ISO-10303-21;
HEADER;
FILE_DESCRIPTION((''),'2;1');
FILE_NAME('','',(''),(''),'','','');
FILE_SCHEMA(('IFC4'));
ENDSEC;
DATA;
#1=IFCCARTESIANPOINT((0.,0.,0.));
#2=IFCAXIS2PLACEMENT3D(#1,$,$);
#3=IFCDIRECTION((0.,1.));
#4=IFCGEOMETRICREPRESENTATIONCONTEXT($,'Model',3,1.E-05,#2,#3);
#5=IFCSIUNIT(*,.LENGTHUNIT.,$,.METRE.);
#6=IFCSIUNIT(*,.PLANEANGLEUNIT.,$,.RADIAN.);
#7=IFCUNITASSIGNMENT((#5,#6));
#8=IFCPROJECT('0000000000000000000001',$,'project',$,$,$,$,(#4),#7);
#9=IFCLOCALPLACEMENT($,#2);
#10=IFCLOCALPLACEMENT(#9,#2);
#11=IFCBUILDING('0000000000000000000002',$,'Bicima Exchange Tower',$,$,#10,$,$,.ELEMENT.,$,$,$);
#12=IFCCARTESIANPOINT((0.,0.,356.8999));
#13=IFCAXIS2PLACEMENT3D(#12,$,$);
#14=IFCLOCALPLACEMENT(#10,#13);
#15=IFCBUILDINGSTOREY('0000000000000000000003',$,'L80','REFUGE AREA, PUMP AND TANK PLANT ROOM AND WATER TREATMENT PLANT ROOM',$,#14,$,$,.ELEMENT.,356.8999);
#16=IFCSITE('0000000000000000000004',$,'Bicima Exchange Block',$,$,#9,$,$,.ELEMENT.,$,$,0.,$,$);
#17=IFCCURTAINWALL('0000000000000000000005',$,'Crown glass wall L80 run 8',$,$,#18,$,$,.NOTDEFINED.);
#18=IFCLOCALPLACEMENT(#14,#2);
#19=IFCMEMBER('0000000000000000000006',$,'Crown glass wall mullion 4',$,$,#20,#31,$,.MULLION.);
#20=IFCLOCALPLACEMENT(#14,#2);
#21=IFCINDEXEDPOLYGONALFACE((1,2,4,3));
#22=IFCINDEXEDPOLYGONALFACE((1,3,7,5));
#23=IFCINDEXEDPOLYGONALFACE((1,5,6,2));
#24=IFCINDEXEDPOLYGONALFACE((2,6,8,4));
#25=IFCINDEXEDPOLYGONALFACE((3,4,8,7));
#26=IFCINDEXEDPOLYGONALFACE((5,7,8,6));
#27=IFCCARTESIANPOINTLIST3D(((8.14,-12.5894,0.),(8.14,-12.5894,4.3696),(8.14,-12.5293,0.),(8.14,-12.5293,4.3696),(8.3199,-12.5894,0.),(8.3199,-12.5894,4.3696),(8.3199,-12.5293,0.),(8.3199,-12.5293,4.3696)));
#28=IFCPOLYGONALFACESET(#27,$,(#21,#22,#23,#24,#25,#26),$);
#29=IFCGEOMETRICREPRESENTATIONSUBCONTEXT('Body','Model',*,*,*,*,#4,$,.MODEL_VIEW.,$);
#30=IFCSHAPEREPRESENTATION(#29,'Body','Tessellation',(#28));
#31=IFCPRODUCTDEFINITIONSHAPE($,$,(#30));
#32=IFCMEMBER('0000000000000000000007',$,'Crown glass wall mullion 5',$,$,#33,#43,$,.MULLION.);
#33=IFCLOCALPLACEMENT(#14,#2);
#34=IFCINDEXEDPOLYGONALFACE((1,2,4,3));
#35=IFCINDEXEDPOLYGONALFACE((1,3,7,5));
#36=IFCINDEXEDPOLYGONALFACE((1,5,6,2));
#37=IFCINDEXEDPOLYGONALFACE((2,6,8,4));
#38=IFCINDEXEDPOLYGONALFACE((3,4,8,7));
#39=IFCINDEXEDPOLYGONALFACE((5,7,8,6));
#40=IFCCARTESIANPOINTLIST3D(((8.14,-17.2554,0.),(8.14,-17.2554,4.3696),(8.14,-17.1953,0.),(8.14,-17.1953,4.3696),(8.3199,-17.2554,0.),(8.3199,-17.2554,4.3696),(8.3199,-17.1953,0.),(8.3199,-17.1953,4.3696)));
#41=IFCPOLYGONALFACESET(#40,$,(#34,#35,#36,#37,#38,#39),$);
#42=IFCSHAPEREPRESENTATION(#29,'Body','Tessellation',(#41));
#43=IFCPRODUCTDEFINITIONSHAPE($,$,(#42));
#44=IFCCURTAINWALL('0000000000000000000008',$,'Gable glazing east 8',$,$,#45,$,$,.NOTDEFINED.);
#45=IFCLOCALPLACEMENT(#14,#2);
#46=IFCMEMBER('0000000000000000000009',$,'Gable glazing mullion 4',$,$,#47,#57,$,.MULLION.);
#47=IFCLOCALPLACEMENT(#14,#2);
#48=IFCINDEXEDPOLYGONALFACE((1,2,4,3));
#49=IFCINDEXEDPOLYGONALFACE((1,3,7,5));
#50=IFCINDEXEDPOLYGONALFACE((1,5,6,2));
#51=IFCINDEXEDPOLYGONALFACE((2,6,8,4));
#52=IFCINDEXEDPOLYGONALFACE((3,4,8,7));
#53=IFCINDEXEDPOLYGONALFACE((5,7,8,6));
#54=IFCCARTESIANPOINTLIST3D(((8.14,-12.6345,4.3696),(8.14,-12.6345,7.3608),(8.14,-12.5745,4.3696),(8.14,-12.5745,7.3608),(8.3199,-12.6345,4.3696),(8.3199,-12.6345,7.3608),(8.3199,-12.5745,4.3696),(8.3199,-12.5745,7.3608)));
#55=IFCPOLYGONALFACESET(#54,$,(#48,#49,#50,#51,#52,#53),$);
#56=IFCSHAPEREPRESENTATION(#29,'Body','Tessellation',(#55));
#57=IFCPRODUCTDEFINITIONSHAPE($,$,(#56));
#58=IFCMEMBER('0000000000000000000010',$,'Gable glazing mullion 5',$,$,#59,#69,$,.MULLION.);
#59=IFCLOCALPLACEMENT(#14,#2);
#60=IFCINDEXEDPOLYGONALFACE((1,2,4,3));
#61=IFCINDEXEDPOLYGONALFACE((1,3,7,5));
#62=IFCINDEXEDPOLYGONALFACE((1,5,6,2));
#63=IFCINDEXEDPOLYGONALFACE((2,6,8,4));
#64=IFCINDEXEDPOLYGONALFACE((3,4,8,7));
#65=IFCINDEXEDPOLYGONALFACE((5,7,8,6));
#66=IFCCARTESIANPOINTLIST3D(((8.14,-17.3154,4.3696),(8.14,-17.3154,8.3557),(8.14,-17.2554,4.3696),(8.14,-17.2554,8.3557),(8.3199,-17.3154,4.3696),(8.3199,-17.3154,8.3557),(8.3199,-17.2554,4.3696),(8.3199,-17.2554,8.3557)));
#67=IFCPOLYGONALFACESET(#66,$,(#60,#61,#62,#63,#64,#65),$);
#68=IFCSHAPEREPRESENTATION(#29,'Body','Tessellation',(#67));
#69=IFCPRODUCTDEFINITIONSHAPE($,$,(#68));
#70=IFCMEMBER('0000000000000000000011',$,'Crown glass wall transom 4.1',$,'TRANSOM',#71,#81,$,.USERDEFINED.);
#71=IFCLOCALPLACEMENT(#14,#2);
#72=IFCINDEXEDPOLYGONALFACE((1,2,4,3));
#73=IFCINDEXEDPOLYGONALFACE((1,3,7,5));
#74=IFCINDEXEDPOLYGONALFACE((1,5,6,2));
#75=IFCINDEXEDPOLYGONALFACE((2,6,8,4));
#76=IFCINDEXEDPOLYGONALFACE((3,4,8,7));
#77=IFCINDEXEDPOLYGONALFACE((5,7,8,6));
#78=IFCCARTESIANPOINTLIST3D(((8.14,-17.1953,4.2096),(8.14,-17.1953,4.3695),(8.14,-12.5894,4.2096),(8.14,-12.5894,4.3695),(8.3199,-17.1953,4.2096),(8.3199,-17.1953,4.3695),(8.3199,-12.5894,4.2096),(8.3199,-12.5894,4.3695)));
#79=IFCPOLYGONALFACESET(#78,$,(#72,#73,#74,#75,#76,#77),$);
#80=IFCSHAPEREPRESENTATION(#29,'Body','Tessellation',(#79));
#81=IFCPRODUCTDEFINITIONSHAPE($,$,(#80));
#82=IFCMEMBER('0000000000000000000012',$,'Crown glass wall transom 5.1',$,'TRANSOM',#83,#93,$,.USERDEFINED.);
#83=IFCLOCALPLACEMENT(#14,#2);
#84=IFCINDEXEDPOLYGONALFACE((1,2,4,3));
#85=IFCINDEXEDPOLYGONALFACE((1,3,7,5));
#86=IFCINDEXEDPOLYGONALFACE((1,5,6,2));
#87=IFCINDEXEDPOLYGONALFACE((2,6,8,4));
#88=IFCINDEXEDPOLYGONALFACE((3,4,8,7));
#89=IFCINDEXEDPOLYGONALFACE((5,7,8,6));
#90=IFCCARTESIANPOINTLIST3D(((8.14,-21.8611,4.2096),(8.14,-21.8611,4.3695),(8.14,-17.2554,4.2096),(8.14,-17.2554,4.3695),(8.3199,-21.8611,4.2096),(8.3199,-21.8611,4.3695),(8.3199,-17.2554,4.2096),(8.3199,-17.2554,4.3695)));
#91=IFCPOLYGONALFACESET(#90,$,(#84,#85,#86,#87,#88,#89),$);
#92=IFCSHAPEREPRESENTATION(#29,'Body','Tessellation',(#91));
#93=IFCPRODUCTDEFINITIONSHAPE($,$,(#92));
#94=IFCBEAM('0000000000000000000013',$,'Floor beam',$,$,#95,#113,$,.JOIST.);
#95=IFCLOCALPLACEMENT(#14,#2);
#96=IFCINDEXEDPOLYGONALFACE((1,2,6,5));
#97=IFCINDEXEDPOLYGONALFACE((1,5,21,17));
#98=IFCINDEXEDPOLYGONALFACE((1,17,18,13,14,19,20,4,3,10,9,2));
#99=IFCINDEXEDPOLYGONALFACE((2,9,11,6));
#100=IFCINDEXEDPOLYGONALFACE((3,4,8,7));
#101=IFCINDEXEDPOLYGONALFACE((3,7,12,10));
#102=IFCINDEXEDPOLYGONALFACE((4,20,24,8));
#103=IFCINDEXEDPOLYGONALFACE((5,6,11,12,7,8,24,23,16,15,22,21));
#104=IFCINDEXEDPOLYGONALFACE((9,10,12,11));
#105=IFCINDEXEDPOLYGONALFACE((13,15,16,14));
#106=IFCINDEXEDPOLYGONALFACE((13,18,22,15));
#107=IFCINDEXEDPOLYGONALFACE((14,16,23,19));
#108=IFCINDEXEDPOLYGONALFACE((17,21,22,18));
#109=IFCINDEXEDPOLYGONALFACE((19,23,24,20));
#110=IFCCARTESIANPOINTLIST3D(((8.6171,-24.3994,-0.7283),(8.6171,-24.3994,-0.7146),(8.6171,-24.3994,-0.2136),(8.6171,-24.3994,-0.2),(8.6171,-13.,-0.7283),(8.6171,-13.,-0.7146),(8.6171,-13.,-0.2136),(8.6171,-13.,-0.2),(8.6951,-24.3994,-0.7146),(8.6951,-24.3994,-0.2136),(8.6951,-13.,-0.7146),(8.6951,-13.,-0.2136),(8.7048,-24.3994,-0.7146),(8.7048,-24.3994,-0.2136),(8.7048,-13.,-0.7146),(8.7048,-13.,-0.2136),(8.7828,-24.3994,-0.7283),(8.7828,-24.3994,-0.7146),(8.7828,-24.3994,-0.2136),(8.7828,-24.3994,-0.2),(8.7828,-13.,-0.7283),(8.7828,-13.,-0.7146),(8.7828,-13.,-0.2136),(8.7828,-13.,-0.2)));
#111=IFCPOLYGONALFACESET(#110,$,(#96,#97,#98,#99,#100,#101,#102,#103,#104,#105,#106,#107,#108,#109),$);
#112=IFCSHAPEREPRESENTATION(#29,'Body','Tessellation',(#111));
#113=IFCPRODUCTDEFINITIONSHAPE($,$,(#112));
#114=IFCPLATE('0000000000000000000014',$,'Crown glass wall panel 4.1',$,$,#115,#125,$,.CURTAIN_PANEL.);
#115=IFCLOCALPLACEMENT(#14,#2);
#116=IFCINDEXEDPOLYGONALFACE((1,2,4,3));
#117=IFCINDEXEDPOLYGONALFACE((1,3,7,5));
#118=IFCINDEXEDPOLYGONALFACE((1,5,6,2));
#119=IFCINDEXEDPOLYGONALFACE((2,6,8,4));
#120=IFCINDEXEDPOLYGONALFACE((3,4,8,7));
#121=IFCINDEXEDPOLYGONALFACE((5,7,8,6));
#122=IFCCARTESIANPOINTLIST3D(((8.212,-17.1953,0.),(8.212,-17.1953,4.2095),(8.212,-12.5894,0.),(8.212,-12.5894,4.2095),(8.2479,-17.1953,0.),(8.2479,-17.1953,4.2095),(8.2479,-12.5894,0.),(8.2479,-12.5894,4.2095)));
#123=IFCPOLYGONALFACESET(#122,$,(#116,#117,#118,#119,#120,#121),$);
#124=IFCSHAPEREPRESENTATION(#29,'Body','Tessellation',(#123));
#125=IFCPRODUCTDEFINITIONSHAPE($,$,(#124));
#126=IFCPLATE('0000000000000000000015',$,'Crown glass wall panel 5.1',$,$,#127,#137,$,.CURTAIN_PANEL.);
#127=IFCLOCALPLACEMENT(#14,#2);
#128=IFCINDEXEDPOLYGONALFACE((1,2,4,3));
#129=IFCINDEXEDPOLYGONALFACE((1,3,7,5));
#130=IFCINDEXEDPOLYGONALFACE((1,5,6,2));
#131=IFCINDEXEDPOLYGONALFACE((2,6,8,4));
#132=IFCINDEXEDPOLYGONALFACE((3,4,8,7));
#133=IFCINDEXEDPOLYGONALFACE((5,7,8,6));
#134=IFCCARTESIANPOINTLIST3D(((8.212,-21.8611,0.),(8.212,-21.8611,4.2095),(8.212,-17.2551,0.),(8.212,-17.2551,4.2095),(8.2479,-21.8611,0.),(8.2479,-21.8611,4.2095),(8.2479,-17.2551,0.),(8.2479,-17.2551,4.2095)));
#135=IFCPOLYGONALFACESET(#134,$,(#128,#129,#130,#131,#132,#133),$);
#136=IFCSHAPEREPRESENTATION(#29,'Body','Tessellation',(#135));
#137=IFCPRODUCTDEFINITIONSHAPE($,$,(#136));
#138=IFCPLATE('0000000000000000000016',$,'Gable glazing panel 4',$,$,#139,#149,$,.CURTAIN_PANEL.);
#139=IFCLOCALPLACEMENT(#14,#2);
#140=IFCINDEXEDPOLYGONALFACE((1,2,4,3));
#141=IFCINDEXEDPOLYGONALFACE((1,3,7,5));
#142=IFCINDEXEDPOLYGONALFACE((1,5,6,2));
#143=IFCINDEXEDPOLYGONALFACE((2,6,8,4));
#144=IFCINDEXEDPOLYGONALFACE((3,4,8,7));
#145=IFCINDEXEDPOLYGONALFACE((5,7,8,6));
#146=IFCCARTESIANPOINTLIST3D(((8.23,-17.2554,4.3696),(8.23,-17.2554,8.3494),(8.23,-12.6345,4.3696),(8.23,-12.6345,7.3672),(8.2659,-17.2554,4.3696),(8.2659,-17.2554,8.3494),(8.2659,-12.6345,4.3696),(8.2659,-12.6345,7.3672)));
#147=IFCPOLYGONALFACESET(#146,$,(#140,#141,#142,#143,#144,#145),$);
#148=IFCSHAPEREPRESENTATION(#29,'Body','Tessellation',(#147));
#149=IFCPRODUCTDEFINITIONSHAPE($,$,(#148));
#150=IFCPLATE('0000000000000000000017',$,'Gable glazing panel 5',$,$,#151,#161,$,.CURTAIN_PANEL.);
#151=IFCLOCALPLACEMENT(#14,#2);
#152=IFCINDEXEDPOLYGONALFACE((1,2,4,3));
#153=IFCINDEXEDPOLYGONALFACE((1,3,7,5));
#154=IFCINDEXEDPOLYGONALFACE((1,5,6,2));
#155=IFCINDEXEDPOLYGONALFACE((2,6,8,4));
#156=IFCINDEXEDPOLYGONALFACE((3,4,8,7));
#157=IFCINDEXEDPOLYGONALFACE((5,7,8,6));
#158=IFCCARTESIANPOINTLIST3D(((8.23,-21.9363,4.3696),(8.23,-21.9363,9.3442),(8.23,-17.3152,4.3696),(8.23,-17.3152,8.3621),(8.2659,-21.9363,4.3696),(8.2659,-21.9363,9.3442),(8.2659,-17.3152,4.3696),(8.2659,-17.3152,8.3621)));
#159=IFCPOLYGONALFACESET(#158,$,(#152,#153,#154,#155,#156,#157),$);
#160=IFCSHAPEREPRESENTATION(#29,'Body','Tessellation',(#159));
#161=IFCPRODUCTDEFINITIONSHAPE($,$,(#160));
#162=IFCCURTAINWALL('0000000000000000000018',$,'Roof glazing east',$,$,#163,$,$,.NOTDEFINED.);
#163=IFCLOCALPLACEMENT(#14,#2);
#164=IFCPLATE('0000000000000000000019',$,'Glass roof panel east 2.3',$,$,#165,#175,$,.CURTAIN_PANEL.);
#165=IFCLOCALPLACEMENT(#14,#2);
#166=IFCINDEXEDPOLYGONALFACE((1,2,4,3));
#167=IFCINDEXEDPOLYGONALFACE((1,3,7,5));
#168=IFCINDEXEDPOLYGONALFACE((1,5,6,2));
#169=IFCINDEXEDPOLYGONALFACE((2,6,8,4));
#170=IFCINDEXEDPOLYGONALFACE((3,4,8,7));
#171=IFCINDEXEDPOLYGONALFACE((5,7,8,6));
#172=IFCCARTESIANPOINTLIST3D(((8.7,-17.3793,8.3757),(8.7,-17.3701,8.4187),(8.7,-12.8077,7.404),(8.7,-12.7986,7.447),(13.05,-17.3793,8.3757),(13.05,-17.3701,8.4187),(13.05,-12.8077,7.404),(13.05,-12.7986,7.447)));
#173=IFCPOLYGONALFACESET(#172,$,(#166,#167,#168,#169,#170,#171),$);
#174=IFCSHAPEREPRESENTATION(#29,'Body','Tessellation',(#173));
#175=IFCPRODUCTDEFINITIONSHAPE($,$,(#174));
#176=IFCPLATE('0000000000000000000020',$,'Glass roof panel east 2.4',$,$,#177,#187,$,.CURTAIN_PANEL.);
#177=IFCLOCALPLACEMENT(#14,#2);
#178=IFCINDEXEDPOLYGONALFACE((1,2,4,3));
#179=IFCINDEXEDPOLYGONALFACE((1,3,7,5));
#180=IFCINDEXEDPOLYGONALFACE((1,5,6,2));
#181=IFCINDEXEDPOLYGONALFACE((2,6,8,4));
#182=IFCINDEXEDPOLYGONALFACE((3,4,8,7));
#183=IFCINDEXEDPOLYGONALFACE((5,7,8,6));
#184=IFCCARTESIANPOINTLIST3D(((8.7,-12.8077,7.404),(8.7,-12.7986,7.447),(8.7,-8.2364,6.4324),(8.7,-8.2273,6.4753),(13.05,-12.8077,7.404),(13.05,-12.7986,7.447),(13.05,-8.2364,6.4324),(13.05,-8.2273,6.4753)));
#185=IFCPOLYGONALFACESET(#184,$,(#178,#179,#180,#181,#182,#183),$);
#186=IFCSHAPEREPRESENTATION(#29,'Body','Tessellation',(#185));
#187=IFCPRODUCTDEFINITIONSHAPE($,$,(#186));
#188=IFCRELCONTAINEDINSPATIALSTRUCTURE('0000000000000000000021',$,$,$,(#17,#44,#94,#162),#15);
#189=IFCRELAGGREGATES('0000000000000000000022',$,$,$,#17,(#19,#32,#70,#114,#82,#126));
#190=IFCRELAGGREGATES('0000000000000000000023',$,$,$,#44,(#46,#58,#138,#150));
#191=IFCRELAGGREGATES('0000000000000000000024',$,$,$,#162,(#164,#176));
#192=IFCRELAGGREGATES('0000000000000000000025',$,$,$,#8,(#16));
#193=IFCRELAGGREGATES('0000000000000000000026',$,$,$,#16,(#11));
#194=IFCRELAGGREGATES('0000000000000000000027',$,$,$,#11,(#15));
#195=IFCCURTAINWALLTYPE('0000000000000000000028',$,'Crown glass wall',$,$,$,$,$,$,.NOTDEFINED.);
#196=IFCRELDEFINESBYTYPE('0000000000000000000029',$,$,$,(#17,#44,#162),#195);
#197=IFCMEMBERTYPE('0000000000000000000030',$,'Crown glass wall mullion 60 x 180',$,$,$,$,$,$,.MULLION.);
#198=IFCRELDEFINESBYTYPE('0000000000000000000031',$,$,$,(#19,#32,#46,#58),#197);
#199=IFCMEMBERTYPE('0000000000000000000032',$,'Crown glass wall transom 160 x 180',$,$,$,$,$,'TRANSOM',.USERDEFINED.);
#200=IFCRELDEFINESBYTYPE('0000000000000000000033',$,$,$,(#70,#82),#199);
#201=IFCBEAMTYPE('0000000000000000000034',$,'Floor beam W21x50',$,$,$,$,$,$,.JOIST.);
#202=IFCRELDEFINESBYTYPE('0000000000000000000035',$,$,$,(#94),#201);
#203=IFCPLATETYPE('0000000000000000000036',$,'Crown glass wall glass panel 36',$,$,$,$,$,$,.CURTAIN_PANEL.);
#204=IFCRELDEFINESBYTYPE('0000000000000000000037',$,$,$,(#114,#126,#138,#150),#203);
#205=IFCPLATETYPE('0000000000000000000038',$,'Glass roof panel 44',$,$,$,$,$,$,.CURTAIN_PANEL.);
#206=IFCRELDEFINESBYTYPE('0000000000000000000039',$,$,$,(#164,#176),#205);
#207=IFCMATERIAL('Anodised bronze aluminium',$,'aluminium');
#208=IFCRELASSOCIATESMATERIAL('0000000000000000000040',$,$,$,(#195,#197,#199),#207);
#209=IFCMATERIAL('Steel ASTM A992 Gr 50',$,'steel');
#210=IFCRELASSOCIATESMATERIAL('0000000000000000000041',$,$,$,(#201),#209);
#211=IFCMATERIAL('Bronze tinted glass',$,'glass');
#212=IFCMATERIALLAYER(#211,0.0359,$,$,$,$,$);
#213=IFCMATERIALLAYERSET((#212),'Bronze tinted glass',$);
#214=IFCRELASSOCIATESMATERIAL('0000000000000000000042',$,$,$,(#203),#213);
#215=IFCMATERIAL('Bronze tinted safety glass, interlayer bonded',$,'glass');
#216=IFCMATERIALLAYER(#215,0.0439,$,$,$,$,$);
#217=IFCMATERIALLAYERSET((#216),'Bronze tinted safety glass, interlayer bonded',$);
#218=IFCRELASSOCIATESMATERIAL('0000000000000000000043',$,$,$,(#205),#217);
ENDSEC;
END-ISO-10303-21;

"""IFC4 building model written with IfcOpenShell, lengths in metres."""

from ifc_helpers import new_model, si_unit, direction, frame, origin, origin_2d, place, context, subcontext, project, spatial, polyline, rectangle, i_section, outline, extrude, material, layer, layer_set, material_profile, profile_set, type_object, element, aggregate, save


model = new_model("IFC4")

# Units and contexts
model_context = context("Model", 3, precision=1e-05, world=origin(), true_north=direction((0.0, 1.0)))
body_context = subcontext(model_context, "Body", "Model", "MODEL_VIEW")
ifc_project = project(units=[si_unit("LENGTHUNIT", "METRE"), si_unit("PLANEANGLEUNIT", "RADIAN")], contexts=[model_context])

# Site, building, storey
site_placement = place(None, origin())
site = spatial("IfcSite", under=ifc_project, at=site_placement, Name="Bicima Exchange Block", CompositionType="ELEMENT", RefElevation=0.0)
building_placement = place(site_placement, origin())
building = spatial("IfcBuilding", under=site, at=building_placement, Name="Bicima Exchange Tower", CompositionType="ELEMENT")
storey_placement = place(building_placement, frame((0.0, 0.0, 356.8999)))
storey = spatial("IfcBuildingStorey", under=building, at=storey_placement, Name="L80", Description="REFUGE AREA, PUMP AND TANK PLANT ROOM AND WATER TREATMENT PLANT ROOM", CompositionType="ELEMENT", Elevation=356.8999)

# Curtain walls, members
ifc_material_1 = material(Name="Anodised bronze aluminium", Category="aluminium")
curtain_wall_type = type_object("IfcCurtainWallType", Name="Crown glass wall", PredefinedType="NOTDEFINED", material=ifc_material_1)
curtain_wall_1_placement = place(storey_placement, origin())
curtain_wall_1 = element("IfcCurtainWall", 1, at=curtain_wall_1_placement, inside=storey, type_object=curtain_wall_type, Name="Crown glass wall L80 run 8", PredefinedType="NOTDEFINED")
ifc_material_profile_1 = material_profile(ifc_material_1, rectangle(XDim=0.1799, YDim=0.0601, at=origin_2d()))
ifc_profile_set_1 = profile_set([ifc_material_profile_1], Name="Anodised bronze aluminium")
member_type_1 = type_object("IfcMemberType", Name="Crown glass wall mullion 60 x 180", PredefinedType="MULLION", material=ifc_profile_set_1)
member_1_placement = place(storey_placement, frame((8.23, -12.5593, 0.0), z_axis=(0.0, 0.0, 1.0), x_axis=(1.0, 0.0, 0.0)))
member_1 = element("IfcMember", 2, at=member_1_placement, type_object=member_type_1, Name="Crown glass wall mullion 4", PredefinedType="MULLION", context=body_context, shape_type="SweptSolid", body=[
    extrude(rectangle(XDim=0.1799, YDim=0.0601, at=origin_2d()), origin(), (0.0, 0.0, 1.0), 4.3696),
])
member_2_placement = place(storey_placement, frame((8.23, -17.2253, 0.0), z_axis=(0.0, 0.0, 1.0), x_axis=(1.0, 0.0, 0.0)))
member_2 = element("IfcMember", 3, at=member_2_placement, type_object=member_type_1, Name="Crown glass wall mullion 5", PredefinedType="MULLION", context=body_context, shape_type="SweptSolid", body=[
    extrude(rectangle(XDim=0.1799, YDim=0.0601, at=origin_2d()), origin(), (0.0, 0.0, 1.0), 4.3696),
])
curtain_wall_2_placement = place(storey_placement, origin())
curtain_wall_2 = element("IfcCurtainWall", 4, at=curtain_wall_2_placement, inside=storey, type_object=curtain_wall_type, Name="Gable glazing east 8", PredefinedType="NOTDEFINED")
member_3_placement = place(storey_placement, frame((8.23, -12.6045, 4.3696), z_axis=(0.0, 0.0, 1.0), x_axis=(1.0, 0.0, 0.0)))
member_3 = element("IfcMember", 5, at=member_3_placement, type_object=member_type_1, Name="Gable glazing mullion 4", PredefinedType="MULLION", context=body_context, shape_type="SweptSolid", body=[
    extrude(rectangle(XDim=0.1799, YDim=0.0601, at=origin_2d()), origin(), (0.0, 0.0, 1.0), 2.9912),
])
member_4_placement = place(storey_placement, frame((8.23, -17.2854, 4.3696), z_axis=(0.0, 0.0, 1.0), x_axis=(1.0, 0.0, 0.0)))
member_4 = element("IfcMember", 6, at=member_4_placement, type_object=member_type_1, Name="Gable glazing mullion 5", PredefinedType="MULLION", context=body_context, shape_type="SweptSolid", body=[
    extrude(rectangle(XDim=0.1799, YDim=0.0601, at=origin_2d()), origin(), (0.0, 0.0, 1.0), 3.9861),
])

# Members
ifc_material_profile_2 = material_profile(ifc_material_1, rectangle(XDim=0.1799, YDim=0.1599, at=origin_2d()))
ifc_profile_set_2 = profile_set([ifc_material_profile_2], Name="Anodised bronze aluminium")
member_type_2 = type_object("IfcMemberType", Name="Crown glass wall transom 160 x 180", ElementType="TRANSOM", PredefinedType="USERDEFINED", material=ifc_profile_set_2)
member_5_placement = place(storey_placement, frame((8.23, -12.5894, 4.2896), z_axis=(0.0, -1.0, 0.0), x_axis=(1.0, 0.0, 0.0)))
member_5 = element("IfcMember", 7, at=member_5_placement, type_object=member_type_2, Name="Crown glass wall transom 4.1", ObjectType="TRANSOM", PredefinedType="USERDEFINED", context=body_context, shape_type="SweptSolid", body=[
    extrude(rectangle(XDim=0.1799, YDim=0.1599, at=origin_2d()), origin(), (0.0, 0.0, 1.0), 4.606),
])
member_6_placement = place(storey_placement, frame((8.23, -17.2554, 4.2896), z_axis=(0.0, -1.0, 0.0), x_axis=(1.0, 0.0, 0.0)))
member_6 = element("IfcMember", 8, at=member_6_placement, type_object=member_type_2, Name="Crown glass wall transom 5.1", ObjectType="TRANSOM", PredefinedType="USERDEFINED", context=body_context, shape_type="SweptSolid", body=[
    extrude(rectangle(XDim=0.1799, YDim=0.1599, at=origin_2d()), origin(), (0.0, 0.0, 1.0), 4.6057),
])

# Beam
ifc_material_2 = material(Name="Steel ASTM A992 Gr 50", Category="steel")
ifc_material_profile_3 = material_profile(ifc_material_2, i_section(OverallWidth=0.1658, OverallDepth=0.5283, WebThickness=0.0098, FlangeThickness=0.0137, at=origin_2d()))
ifc_profile_set_3 = profile_set([ifc_material_profile_3], Name="Steel ASTM A992 Gr 50")
beam_type = type_object("IfcBeamType", Name="Floor beam W21x50", PredefinedType="JOIST", material=ifc_profile_set_3)
beam_placement = place(storey_placement, frame((8.7, -13.0, -0.4641), z_axis=(0.0, -1.0, 0.0), x_axis=(1.0, 0.0, 0.0)))
element("IfcBeam", 9, at=beam_placement, inside=storey, type_object=beam_type, Name="Floor beam", PredefinedType="JOIST", context=body_context, shape_type="SweptSolid", body=[
    extrude(i_section(OverallWidth=0.1658, OverallDepth=0.5283, WebThickness=0.0098, FlangeThickness=0.0137, at=origin_2d()), origin(), (0.0, 0.0, 1.0), 11.3994),
])

# Plates
ifc_material_3 = material(Name="Bronze tinted glass", Category="glass")
ifc_layer_1 = layer(ifc_material_3, 0.0359)
ifc_layer_set_1 = layer_set([ifc_layer_1], Name="Bronze tinted glass")
plate_type_1 = type_object("IfcPlateType", Name="Crown glass wall glass panel 36", PredefinedType="CURTAIN_PANEL", material=ifc_layer_set_1)
plate_1_placement = place(storey_placement, frame((8.23, -14.8923, 0.0), z_axis=(0.0, 0.0, 1.0), x_axis=(0.0, -1.0, 0.0)))
plate_1 = element("IfcPlate", 10, at=plate_1_placement, type_object=plate_type_1, Name="Crown glass wall panel 4.1", PredefinedType="CURTAIN_PANEL", context=body_context, shape_type="SweptSolid", body=[
    extrude(rectangle(XDim=4.606, YDim=0.0359, at=origin_2d()), origin(), (0.0, 0.0, 1.0), 4.2095),
])
plate_2_placement = place(storey_placement, frame((8.23, -19.5581, 0.0), z_axis=(0.0, 0.0, 1.0), x_axis=(0.0, -1.0, 0.0)))
plate_2 = element("IfcPlate", 11, at=plate_2_placement, type_object=plate_type_1, Name="Crown glass wall panel 5.1", PredefinedType="CURTAIN_PANEL", context=body_context, shape_type="SweptSolid", body=[
    extrude(rectangle(XDim=4.606, YDim=0.0359, at=origin_2d()), origin(), (0.0, 0.0, 1.0), 4.2095),
])
aggregate(curtain_wall_1, [member_1, member_2, member_5, plate_1, member_6, plate_2])
plate_3_placement = place(storey_placement, frame((8.23, -12.6345, 4.3696), z_axis=(-1.0, 0.0, 0.0), x_axis=(0.0, -1.0, 0.0)))
plate_3 = element("IfcPlate", 12, at=plate_3_placement, type_object=plate_type_1, Name="Gable glazing panel 4", PredefinedType="CURTAIN_PANEL", context=body_context, shape_type="SweptSolid", body=[
    extrude(outline(polyline([(0.0, 0.0), (4.6208, 0.0), (4.6208, 3.9797), (0.0, 2.9976), (0.0, 0.0)])), origin(), (0.0, 0.0, -1.0), 0.0359),
])
plate_4_placement = place(storey_placement, frame((8.23, -17.3152, 4.3696), z_axis=(-1.0, 0.0, 0.0), x_axis=(0.0, -1.0, 0.0)))
plate_4 = element("IfcPlate", 13, at=plate_4_placement, type_object=plate_type_1, Name="Gable glazing panel 5", PredefinedType="CURTAIN_PANEL", context=body_context, shape_type="SweptSolid", body=[
    extrude(outline(polyline([(0.0, 0.0), (4.6211, 0.0), (4.6211, 4.9746), (0.0, 3.9924), (0.0, 0.0)])), origin(), (0.0, 0.0, -1.0), 0.0359),
])
aggregate(curtain_wall_2, [member_3, member_4, plate_3, plate_4])

# Curtain wall, plates
curtain_wall_3_placement = place(storey_placement, origin())
curtain_wall_3 = element("IfcCurtainWall", 14, at=curtain_wall_3_placement, inside=storey, type_object=curtain_wall_type, Name="Roof glazing east", PredefinedType="NOTDEFINED")
ifc_material_4 = material(Name="Bronze tinted safety glass, interlayer bonded", Category="glass")
ifc_layer_2 = layer(ifc_material_4, 0.0439)
ifc_layer_set_2 = layer_set([ifc_layer_2], Name="Bronze tinted safety glass, interlayer bonded")
plate_type_2 = type_object("IfcPlateType", Name="Glass roof panel 44", PredefinedType="CURTAIN_PANEL", material=ifc_layer_set_2)
plate_5_placement = place(storey_placement, frame((8.7, -17.3701, 8.4187), z_axis=(0.0, 0.207906, 0.978149), x_axis=(0.0, 0.978149, -0.207906)))
plate_5 = element("IfcPlate", 15, at=plate_5_placement, type_object=plate_type_2, Name="Glass roof panel east 2.3", PredefinedType="CURTAIN_PANEL", context=body_context, shape_type="SweptSolid", body=[
    extrude(outline(polyline([(0.0, 0.0), (4.6737, 0.0), (4.6737, -4.3501), (0.0, -4.3501), (0.0, 0.0)])), origin(), (0.0, 0.0, -1.0), 0.0439),
])
plate_6_placement = place(storey_placement, frame((8.7, -12.7986, 7.447), z_axis=(0.0, 0.207916, 0.978147), x_axis=(0.0, 0.978147, -0.207916)))
plate_6 = element("IfcPlate", 16, at=plate_6_placement, type_object=plate_type_2, Name="Glass roof panel east 2.4", PredefinedType="CURTAIN_PANEL", context=body_context, shape_type="SweptSolid", body=[
    extrude(outline(polyline([(0.0, 0.0), (4.6734, 0.0), (4.6734, -4.3501), (0.0, -4.3501), (0.0, 0.0)])), origin(), (0.0, 0.0, -1.0), 0.0439),
])
aggregate(curtain_wall_3, [plate_5, plate_6])

save(model, "model.ifc")
